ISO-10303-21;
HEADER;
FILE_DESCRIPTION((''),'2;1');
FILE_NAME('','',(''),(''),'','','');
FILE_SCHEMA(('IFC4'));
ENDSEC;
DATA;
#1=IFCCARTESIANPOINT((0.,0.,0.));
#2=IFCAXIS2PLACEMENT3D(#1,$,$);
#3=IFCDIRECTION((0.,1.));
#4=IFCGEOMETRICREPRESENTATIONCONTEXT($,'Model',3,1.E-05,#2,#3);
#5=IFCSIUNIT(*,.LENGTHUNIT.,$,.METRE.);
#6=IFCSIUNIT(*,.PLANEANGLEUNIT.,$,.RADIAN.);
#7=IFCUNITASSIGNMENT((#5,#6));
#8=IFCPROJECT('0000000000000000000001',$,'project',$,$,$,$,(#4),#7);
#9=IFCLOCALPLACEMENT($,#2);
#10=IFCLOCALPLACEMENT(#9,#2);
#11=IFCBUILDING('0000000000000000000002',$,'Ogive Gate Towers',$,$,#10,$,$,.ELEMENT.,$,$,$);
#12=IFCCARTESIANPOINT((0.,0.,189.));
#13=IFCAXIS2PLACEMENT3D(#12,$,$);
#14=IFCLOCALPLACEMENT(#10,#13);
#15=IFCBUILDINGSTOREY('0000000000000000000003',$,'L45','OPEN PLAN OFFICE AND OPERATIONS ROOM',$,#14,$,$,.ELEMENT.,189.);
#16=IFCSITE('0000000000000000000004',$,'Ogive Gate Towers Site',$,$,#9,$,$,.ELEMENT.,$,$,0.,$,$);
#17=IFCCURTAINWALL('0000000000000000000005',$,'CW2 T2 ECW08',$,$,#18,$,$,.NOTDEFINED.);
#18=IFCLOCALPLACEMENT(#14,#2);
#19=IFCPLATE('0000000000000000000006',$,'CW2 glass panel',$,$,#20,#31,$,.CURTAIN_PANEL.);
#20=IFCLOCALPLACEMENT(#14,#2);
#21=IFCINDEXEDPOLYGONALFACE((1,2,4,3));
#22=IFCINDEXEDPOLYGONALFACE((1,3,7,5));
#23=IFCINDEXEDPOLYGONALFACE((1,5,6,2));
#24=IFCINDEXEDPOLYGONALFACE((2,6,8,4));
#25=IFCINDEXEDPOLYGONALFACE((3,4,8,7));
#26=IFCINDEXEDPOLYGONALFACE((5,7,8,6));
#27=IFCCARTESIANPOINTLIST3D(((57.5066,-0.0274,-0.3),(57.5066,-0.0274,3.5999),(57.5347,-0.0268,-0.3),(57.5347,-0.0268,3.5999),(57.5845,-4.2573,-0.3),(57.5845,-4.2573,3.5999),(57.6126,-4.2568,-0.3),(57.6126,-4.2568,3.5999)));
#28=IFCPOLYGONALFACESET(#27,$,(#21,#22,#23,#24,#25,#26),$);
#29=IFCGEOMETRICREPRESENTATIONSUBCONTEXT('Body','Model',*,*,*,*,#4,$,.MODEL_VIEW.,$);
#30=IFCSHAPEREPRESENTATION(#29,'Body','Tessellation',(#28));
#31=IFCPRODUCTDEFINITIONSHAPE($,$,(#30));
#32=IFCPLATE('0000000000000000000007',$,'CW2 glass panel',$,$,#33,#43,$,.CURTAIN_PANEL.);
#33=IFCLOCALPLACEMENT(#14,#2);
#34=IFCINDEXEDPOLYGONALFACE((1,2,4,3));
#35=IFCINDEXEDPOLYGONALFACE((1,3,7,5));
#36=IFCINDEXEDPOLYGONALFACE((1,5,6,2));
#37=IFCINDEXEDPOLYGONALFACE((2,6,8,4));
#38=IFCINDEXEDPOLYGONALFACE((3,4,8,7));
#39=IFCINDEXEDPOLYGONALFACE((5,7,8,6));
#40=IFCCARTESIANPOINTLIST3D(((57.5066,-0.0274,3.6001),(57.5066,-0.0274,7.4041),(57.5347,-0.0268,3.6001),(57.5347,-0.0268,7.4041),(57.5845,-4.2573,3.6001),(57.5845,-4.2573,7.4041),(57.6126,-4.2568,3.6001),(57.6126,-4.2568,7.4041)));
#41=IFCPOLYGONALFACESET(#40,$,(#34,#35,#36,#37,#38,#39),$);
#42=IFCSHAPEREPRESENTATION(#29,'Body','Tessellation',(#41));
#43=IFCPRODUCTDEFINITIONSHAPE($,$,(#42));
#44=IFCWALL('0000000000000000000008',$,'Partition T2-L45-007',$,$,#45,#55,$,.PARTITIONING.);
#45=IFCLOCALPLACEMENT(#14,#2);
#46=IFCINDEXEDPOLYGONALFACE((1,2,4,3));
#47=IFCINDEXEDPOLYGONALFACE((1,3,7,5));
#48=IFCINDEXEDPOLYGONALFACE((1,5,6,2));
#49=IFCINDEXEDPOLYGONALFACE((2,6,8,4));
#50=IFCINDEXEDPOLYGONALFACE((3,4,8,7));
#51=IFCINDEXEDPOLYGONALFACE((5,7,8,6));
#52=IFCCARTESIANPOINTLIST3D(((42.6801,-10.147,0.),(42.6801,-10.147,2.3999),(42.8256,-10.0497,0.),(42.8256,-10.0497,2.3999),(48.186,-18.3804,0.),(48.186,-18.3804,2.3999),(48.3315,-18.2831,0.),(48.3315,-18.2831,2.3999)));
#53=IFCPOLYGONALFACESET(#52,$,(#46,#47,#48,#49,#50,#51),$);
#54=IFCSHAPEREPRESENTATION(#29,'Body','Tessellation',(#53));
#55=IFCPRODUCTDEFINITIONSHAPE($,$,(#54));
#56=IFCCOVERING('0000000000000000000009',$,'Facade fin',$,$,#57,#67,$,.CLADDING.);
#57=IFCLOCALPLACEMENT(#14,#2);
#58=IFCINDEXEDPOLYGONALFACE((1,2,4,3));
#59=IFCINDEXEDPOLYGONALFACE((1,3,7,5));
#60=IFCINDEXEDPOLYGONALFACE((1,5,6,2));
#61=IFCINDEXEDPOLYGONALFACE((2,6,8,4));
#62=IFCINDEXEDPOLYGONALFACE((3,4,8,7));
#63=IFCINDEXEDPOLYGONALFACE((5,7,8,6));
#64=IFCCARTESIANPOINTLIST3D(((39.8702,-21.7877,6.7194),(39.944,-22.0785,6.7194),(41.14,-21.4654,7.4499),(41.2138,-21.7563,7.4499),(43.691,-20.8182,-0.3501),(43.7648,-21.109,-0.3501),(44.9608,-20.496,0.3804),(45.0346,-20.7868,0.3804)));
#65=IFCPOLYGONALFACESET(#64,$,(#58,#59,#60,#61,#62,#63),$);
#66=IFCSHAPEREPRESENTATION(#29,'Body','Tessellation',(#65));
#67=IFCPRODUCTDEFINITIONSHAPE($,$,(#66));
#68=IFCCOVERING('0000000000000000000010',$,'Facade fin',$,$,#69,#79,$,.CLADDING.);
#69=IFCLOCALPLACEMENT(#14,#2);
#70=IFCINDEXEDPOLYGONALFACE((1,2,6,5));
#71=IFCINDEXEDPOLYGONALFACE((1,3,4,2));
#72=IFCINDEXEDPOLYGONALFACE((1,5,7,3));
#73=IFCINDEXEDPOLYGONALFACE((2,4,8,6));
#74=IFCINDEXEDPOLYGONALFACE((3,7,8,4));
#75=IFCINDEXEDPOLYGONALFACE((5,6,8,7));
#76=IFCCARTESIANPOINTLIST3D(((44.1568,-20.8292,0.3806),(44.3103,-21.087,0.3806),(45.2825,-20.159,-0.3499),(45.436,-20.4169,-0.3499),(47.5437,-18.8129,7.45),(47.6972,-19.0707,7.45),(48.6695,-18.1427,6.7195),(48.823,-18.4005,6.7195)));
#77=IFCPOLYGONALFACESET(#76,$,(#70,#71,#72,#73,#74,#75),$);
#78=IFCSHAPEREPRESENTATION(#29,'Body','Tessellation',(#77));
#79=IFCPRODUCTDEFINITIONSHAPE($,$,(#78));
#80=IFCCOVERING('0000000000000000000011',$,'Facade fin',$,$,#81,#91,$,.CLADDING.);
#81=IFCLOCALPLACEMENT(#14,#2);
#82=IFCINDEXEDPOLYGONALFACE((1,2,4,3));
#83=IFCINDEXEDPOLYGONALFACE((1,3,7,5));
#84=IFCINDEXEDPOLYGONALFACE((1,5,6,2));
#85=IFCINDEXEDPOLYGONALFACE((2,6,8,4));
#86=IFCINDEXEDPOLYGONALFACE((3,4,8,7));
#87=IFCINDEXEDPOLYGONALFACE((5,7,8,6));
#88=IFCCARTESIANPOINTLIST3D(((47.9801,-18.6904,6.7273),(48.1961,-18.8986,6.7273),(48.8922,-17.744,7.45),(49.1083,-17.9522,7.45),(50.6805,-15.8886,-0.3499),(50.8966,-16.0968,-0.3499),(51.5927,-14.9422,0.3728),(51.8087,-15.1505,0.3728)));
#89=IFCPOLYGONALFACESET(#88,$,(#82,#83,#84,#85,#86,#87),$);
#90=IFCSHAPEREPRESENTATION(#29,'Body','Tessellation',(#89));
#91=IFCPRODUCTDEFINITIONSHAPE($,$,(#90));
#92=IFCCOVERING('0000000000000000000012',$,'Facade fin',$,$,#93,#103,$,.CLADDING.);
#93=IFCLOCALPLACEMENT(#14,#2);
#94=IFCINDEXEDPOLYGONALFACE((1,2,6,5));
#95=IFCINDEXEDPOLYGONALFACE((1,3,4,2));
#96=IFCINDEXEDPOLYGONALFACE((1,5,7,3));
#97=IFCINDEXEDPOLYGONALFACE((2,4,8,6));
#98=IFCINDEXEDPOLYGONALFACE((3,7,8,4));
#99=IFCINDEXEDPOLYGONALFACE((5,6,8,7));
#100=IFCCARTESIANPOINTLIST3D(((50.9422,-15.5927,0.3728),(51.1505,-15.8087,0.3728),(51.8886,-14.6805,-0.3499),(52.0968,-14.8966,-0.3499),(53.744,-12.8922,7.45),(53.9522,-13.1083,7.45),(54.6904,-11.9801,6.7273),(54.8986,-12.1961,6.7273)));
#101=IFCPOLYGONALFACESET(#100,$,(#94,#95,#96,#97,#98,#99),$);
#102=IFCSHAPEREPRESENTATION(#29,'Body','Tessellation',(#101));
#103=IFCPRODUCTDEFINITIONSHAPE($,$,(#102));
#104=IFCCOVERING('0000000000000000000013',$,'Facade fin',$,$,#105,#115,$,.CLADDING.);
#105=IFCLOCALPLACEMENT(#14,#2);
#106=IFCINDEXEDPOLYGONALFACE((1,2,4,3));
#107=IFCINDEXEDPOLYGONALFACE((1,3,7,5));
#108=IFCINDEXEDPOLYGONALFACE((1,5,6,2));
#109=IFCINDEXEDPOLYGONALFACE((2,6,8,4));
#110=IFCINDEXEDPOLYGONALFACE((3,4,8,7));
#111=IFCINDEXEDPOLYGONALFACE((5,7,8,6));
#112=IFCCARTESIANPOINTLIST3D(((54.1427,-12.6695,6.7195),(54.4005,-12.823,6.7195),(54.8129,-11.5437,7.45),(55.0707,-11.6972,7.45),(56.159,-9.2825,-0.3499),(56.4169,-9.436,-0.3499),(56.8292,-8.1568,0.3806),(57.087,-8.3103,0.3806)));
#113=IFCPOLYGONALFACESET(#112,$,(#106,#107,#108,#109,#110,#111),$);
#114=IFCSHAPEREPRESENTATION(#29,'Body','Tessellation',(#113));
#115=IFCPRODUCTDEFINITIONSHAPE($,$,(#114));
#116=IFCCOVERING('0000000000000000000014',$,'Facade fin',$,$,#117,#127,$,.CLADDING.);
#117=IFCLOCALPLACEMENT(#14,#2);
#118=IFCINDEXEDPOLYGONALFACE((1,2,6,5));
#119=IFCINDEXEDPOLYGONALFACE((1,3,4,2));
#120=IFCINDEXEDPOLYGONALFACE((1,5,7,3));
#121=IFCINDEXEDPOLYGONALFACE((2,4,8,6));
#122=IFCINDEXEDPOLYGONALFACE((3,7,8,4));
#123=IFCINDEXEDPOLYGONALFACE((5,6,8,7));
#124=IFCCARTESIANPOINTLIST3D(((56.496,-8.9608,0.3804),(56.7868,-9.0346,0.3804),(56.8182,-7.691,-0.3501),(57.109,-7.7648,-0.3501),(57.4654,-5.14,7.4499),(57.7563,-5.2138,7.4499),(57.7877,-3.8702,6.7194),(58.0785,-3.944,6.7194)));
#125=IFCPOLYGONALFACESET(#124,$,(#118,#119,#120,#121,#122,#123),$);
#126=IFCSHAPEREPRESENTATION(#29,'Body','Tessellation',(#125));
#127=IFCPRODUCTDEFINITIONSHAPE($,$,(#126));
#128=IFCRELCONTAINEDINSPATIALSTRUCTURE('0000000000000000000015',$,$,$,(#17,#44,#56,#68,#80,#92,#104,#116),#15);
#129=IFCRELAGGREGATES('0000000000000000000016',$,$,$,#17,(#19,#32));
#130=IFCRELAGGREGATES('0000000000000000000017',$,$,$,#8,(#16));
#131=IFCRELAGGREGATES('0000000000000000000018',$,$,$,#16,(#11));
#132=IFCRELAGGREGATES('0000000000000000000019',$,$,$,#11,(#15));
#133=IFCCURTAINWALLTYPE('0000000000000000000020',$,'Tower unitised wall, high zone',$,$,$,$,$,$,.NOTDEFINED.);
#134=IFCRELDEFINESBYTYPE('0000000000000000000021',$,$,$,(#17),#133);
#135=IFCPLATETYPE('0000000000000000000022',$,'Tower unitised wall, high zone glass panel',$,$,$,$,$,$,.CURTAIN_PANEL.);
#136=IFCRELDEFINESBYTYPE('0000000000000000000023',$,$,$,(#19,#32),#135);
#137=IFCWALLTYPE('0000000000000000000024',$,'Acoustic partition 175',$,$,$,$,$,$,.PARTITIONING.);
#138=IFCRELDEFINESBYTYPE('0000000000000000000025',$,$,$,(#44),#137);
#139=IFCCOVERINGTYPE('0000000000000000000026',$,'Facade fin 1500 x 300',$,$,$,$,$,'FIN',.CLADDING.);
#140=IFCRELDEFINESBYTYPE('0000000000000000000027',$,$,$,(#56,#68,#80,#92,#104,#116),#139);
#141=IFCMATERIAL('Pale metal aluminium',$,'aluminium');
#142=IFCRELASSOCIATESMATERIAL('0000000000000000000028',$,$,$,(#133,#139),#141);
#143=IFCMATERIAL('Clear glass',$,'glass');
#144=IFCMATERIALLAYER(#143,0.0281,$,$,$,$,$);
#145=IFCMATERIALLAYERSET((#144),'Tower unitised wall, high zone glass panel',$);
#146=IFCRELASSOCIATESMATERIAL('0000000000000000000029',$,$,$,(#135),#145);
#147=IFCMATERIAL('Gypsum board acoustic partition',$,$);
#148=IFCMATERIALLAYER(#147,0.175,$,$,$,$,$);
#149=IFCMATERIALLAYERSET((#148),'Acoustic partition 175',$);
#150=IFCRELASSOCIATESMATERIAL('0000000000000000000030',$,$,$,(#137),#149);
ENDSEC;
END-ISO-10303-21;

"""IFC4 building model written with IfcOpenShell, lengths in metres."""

from ifc_helpers import new_model, si_unit, direction, frame, frame_2d, origin, origin_2d, place, context, subcontext, project, spatial, rectangle, extrude, material, layer, layer_set, material_profile, profile_set, type_object, element, aggregate, save


model = new_model("IFC4")

# Units and contexts
model_context = context("Model", 3, precision=1e-05, world=origin(), true_north=direction((0.0, 1.0)))
body_context = subcontext(model_context, "Body", "Model", "MODEL_VIEW")
ifc_project = project(units=[si_unit("LENGTHUNIT", "METRE"), si_unit("PLANEANGLEUNIT", "RADIAN")], contexts=[model_context])

# Site, building, storey
site_placement = place(None, origin())
site = spatial("IfcSite", under=ifc_project, at=site_placement, Name="Ogive Gate Towers Site", CompositionType="ELEMENT", RefElevation=0.0)
building_placement = place(site_placement, origin())
building = spatial("IfcBuilding", under=site, at=building_placement, Name="Ogive Gate Towers", CompositionType="ELEMENT")
storey_placement = place(building_placement, frame((0.0, 0.0, 189.0)))
storey = spatial("IfcBuildingStorey", under=building, at=storey_placement, Name="L45", Description="OPEN PLAN OFFICE AND OPERATIONS ROOM", CompositionType="ELEMENT", Elevation=189.0)

# Curtain wall
ifc_material_1 = material(Name="Pale metal aluminium", Category="aluminium")
curtain_wall_type = type_object("IfcCurtainWallType", Name="Tower unitised wall, high zone", PredefinedType="NOTDEFINED", material=ifc_material_1)
curtain_wall_1_placement = place(storey_placement, origin())
curtain_wall_1 = element("IfcCurtainWall", 1, at=curtain_wall_1_placement, inside=storey, type_object=curtain_wall_type, Name="CW2 T2 ECW08", PredefinedType="NOTDEFINED")

# Plates
ifc_material_2 = material(Name="Clear glass", Category="glass")
ifc_layer_1 = layer(ifc_material_2, 0.0281)
ifc_layer_set_1 = layer_set([ifc_layer_1], Name="Tower unitised wall, high zone glass panel")
plate_type = type_object("IfcPlateType", Name="Tower unitised wall, high zone glass panel", PredefinedType="CURTAIN_PANEL", material=ifc_layer_set_1)
plate_1_placement = place(storey_placement, frame((57.5596, -2.1421, -0.3), z_axis=(0.0, 0.0, 1.0), x_axis=(-0.018412, 0.99983, 0.0)))
plate_1 = element("IfcPlate", 2, at=plate_1_placement, type_object=plate_type, Name="CW2 glass panel", PredefinedType="CURTAIN_PANEL", context=body_context, shape_type="SweptSolid", body=[
    extrude(rectangle(XDim=4.2307, YDim=0.0281, at=origin_2d()), origin(), (0.0, 0.0, 1.0), 3.8999),
])
plate_2_placement = place(storey_placement, frame((57.5596, -2.1421, 3.6001), z_axis=(0.0, 0.0, 1.0), x_axis=(-0.018412, 0.99983, 0.0)))
plate_2 = element("IfcPlate", 3, at=plate_2_placement, type_object=plate_type, Name="CW2 glass panel", PredefinedType="CURTAIN_PANEL", context=body_context, shape_type="SweptSolid", body=[
    extrude(rectangle(XDim=4.2307, YDim=0.0281, at=origin_2d()), origin(), (0.0, 0.0, 1.0), 3.804),
])
aggregate(curtain_wall_1, [plate_1, plate_2])

# Wall
ifc_material_3 = material(Name="Gypsum board acoustic partition")
ifc_layer_2 = layer(ifc_material_3, 0.175)
ifc_layer_set_2 = layer_set([ifc_layer_2], Name="Acoustic partition 175")
wall_type = type_object("IfcWallType", Name="Acoustic partition 175", PredefinedType="PARTITIONING", material=ifc_layer_set_2)
wall_placement = place(storey_placement, frame((48.2588, -18.3318, 0.0), z_axis=(0.0, 0.0, 1.0), x_axis=(-0.555883, 0.831261, 0.0)))
element("IfcWall", 4, at=wall_placement, inside=storey, type_object=wall_type, Name="Partition T2-L45-007", PredefinedType="PARTITIONING", context=body_context, shape_type="SweptSolid", body=[
    extrude(rectangle(XDim=9.9048, YDim=0.175, at=frame_2d((4.9524, 0.0))), origin(), (0.0, 0.0, 1.0), 2.3999),
])

# Coverings
ifc_material_profile_1 = material_profile(ifc_material_1, rectangle(XDim=0.3, YDim=1.5, at=origin_2d()), Name="1500 x 300 pale metal aluminium")
ifc_profile_set_1 = profile_set([ifc_material_profile_1], Name="Pale metal aluminium")
covering_type = type_object("IfcCoveringType", Name="Facade fin 1500 x 300", ElementType="FIN", PredefinedType="CLADDING", material=ifc_profile_set_1)
covering_1_placement = place(storey_placement, frame((44.3628, -20.8025, 0.0151), z_axis=(-0.472037, -0.119774, 0.873404), x_axis=(0.245944, -0.969284, 0.0)))
element("IfcCovering", 5, at=covering_1_placement, inside=storey, type_object=covering_type, Name="Facade fin", PredefinedType="CLADDING", context=body_context, shape_type="SweptSolid", body=[
    extrude(rectangle(XDim=0.3, YDim=1.5, at=origin_2d()), origin(), (0.0, 0.0, 1.0), 8.0942),
])
covering_2_placement = place(storey_placement, frame((44.7964, -20.623, 0.0154), z_axis=(0.418454, 0.249118, 0.873405), x_axis=(-0.511542, 0.859259, 0.0)))
element("IfcCovering", 6, at=covering_2_placement, inside=storey, type_object=covering_type, Name="Facade fin", PredefinedType="CLADDING", context=body_context, shape_type="SweptSolid", body=[
    extrude(rectangle(XDim=0.3, YDim=1.5, at=origin_2d()), origin(), (0.0, 0.0, 1.0), 8.094),
])
for number, where, z_axis, x_axis, name in (
    (7, (51.2446, -15.5195, 0.0115), (-0.334362, -0.346907, 0.876275), (0.720006, -0.693968, 0.0), "Facade fin"),
    (8, (51.5195, -15.2446, 0.0115), (0.346907, 0.334362, 0.876275), (-0.693968, 0.720006, 0.0), "Facade fin"),
):
    element("IfcCovering", number, at=place(storey_placement, frame(where, z_axis=z_axis, x_axis=x_axis)), inside=storey, type_object=covering_type, Name=name, PredefinedType="CLADDING", context=body_context, shape_type="SweptSolid", body=[
        extrude(rectangle(XDim=0.3, YDim=1.5, at=origin_2d()), origin(), (0.0, 0.0, 1.0), 8.0764),
    ])
covering_3_placement = place(storey_placement, frame((56.623, -8.7964, 0.0154), z_axis=(-0.249118, -0.418454, 0.873405), x_axis=(0.859259, -0.511542, 0.0)))
element("IfcCovering", 9, at=covering_3_placement, inside=storey, type_object=covering_type, Name="Facade fin", PredefinedType="CLADDING", context=body_context, shape_type="SweptSolid", body=[
    extrude(rectangle(XDim=0.3, YDim=1.5, at=origin_2d()), origin(), (0.0, 0.0, 1.0), 8.094),
])
covering_4_placement = place(storey_placement, frame((56.8025, -8.3628, 0.0151), z_axis=(0.119774, 0.472037, 0.873404), x_axis=(-0.969284, 0.245944, 0.0)))
element("IfcCovering", 10, at=covering_4_placement, inside=storey, type_object=covering_type, Name="Facade fin", PredefinedType="CLADDING", context=body_context, shape_type="SweptSolid", body=[
    extrude(rectangle(XDim=0.3, YDim=1.5, at=origin_2d()), origin(), (0.0, 0.0, 1.0), 8.0942),
])

save(model, "model.ifc")
